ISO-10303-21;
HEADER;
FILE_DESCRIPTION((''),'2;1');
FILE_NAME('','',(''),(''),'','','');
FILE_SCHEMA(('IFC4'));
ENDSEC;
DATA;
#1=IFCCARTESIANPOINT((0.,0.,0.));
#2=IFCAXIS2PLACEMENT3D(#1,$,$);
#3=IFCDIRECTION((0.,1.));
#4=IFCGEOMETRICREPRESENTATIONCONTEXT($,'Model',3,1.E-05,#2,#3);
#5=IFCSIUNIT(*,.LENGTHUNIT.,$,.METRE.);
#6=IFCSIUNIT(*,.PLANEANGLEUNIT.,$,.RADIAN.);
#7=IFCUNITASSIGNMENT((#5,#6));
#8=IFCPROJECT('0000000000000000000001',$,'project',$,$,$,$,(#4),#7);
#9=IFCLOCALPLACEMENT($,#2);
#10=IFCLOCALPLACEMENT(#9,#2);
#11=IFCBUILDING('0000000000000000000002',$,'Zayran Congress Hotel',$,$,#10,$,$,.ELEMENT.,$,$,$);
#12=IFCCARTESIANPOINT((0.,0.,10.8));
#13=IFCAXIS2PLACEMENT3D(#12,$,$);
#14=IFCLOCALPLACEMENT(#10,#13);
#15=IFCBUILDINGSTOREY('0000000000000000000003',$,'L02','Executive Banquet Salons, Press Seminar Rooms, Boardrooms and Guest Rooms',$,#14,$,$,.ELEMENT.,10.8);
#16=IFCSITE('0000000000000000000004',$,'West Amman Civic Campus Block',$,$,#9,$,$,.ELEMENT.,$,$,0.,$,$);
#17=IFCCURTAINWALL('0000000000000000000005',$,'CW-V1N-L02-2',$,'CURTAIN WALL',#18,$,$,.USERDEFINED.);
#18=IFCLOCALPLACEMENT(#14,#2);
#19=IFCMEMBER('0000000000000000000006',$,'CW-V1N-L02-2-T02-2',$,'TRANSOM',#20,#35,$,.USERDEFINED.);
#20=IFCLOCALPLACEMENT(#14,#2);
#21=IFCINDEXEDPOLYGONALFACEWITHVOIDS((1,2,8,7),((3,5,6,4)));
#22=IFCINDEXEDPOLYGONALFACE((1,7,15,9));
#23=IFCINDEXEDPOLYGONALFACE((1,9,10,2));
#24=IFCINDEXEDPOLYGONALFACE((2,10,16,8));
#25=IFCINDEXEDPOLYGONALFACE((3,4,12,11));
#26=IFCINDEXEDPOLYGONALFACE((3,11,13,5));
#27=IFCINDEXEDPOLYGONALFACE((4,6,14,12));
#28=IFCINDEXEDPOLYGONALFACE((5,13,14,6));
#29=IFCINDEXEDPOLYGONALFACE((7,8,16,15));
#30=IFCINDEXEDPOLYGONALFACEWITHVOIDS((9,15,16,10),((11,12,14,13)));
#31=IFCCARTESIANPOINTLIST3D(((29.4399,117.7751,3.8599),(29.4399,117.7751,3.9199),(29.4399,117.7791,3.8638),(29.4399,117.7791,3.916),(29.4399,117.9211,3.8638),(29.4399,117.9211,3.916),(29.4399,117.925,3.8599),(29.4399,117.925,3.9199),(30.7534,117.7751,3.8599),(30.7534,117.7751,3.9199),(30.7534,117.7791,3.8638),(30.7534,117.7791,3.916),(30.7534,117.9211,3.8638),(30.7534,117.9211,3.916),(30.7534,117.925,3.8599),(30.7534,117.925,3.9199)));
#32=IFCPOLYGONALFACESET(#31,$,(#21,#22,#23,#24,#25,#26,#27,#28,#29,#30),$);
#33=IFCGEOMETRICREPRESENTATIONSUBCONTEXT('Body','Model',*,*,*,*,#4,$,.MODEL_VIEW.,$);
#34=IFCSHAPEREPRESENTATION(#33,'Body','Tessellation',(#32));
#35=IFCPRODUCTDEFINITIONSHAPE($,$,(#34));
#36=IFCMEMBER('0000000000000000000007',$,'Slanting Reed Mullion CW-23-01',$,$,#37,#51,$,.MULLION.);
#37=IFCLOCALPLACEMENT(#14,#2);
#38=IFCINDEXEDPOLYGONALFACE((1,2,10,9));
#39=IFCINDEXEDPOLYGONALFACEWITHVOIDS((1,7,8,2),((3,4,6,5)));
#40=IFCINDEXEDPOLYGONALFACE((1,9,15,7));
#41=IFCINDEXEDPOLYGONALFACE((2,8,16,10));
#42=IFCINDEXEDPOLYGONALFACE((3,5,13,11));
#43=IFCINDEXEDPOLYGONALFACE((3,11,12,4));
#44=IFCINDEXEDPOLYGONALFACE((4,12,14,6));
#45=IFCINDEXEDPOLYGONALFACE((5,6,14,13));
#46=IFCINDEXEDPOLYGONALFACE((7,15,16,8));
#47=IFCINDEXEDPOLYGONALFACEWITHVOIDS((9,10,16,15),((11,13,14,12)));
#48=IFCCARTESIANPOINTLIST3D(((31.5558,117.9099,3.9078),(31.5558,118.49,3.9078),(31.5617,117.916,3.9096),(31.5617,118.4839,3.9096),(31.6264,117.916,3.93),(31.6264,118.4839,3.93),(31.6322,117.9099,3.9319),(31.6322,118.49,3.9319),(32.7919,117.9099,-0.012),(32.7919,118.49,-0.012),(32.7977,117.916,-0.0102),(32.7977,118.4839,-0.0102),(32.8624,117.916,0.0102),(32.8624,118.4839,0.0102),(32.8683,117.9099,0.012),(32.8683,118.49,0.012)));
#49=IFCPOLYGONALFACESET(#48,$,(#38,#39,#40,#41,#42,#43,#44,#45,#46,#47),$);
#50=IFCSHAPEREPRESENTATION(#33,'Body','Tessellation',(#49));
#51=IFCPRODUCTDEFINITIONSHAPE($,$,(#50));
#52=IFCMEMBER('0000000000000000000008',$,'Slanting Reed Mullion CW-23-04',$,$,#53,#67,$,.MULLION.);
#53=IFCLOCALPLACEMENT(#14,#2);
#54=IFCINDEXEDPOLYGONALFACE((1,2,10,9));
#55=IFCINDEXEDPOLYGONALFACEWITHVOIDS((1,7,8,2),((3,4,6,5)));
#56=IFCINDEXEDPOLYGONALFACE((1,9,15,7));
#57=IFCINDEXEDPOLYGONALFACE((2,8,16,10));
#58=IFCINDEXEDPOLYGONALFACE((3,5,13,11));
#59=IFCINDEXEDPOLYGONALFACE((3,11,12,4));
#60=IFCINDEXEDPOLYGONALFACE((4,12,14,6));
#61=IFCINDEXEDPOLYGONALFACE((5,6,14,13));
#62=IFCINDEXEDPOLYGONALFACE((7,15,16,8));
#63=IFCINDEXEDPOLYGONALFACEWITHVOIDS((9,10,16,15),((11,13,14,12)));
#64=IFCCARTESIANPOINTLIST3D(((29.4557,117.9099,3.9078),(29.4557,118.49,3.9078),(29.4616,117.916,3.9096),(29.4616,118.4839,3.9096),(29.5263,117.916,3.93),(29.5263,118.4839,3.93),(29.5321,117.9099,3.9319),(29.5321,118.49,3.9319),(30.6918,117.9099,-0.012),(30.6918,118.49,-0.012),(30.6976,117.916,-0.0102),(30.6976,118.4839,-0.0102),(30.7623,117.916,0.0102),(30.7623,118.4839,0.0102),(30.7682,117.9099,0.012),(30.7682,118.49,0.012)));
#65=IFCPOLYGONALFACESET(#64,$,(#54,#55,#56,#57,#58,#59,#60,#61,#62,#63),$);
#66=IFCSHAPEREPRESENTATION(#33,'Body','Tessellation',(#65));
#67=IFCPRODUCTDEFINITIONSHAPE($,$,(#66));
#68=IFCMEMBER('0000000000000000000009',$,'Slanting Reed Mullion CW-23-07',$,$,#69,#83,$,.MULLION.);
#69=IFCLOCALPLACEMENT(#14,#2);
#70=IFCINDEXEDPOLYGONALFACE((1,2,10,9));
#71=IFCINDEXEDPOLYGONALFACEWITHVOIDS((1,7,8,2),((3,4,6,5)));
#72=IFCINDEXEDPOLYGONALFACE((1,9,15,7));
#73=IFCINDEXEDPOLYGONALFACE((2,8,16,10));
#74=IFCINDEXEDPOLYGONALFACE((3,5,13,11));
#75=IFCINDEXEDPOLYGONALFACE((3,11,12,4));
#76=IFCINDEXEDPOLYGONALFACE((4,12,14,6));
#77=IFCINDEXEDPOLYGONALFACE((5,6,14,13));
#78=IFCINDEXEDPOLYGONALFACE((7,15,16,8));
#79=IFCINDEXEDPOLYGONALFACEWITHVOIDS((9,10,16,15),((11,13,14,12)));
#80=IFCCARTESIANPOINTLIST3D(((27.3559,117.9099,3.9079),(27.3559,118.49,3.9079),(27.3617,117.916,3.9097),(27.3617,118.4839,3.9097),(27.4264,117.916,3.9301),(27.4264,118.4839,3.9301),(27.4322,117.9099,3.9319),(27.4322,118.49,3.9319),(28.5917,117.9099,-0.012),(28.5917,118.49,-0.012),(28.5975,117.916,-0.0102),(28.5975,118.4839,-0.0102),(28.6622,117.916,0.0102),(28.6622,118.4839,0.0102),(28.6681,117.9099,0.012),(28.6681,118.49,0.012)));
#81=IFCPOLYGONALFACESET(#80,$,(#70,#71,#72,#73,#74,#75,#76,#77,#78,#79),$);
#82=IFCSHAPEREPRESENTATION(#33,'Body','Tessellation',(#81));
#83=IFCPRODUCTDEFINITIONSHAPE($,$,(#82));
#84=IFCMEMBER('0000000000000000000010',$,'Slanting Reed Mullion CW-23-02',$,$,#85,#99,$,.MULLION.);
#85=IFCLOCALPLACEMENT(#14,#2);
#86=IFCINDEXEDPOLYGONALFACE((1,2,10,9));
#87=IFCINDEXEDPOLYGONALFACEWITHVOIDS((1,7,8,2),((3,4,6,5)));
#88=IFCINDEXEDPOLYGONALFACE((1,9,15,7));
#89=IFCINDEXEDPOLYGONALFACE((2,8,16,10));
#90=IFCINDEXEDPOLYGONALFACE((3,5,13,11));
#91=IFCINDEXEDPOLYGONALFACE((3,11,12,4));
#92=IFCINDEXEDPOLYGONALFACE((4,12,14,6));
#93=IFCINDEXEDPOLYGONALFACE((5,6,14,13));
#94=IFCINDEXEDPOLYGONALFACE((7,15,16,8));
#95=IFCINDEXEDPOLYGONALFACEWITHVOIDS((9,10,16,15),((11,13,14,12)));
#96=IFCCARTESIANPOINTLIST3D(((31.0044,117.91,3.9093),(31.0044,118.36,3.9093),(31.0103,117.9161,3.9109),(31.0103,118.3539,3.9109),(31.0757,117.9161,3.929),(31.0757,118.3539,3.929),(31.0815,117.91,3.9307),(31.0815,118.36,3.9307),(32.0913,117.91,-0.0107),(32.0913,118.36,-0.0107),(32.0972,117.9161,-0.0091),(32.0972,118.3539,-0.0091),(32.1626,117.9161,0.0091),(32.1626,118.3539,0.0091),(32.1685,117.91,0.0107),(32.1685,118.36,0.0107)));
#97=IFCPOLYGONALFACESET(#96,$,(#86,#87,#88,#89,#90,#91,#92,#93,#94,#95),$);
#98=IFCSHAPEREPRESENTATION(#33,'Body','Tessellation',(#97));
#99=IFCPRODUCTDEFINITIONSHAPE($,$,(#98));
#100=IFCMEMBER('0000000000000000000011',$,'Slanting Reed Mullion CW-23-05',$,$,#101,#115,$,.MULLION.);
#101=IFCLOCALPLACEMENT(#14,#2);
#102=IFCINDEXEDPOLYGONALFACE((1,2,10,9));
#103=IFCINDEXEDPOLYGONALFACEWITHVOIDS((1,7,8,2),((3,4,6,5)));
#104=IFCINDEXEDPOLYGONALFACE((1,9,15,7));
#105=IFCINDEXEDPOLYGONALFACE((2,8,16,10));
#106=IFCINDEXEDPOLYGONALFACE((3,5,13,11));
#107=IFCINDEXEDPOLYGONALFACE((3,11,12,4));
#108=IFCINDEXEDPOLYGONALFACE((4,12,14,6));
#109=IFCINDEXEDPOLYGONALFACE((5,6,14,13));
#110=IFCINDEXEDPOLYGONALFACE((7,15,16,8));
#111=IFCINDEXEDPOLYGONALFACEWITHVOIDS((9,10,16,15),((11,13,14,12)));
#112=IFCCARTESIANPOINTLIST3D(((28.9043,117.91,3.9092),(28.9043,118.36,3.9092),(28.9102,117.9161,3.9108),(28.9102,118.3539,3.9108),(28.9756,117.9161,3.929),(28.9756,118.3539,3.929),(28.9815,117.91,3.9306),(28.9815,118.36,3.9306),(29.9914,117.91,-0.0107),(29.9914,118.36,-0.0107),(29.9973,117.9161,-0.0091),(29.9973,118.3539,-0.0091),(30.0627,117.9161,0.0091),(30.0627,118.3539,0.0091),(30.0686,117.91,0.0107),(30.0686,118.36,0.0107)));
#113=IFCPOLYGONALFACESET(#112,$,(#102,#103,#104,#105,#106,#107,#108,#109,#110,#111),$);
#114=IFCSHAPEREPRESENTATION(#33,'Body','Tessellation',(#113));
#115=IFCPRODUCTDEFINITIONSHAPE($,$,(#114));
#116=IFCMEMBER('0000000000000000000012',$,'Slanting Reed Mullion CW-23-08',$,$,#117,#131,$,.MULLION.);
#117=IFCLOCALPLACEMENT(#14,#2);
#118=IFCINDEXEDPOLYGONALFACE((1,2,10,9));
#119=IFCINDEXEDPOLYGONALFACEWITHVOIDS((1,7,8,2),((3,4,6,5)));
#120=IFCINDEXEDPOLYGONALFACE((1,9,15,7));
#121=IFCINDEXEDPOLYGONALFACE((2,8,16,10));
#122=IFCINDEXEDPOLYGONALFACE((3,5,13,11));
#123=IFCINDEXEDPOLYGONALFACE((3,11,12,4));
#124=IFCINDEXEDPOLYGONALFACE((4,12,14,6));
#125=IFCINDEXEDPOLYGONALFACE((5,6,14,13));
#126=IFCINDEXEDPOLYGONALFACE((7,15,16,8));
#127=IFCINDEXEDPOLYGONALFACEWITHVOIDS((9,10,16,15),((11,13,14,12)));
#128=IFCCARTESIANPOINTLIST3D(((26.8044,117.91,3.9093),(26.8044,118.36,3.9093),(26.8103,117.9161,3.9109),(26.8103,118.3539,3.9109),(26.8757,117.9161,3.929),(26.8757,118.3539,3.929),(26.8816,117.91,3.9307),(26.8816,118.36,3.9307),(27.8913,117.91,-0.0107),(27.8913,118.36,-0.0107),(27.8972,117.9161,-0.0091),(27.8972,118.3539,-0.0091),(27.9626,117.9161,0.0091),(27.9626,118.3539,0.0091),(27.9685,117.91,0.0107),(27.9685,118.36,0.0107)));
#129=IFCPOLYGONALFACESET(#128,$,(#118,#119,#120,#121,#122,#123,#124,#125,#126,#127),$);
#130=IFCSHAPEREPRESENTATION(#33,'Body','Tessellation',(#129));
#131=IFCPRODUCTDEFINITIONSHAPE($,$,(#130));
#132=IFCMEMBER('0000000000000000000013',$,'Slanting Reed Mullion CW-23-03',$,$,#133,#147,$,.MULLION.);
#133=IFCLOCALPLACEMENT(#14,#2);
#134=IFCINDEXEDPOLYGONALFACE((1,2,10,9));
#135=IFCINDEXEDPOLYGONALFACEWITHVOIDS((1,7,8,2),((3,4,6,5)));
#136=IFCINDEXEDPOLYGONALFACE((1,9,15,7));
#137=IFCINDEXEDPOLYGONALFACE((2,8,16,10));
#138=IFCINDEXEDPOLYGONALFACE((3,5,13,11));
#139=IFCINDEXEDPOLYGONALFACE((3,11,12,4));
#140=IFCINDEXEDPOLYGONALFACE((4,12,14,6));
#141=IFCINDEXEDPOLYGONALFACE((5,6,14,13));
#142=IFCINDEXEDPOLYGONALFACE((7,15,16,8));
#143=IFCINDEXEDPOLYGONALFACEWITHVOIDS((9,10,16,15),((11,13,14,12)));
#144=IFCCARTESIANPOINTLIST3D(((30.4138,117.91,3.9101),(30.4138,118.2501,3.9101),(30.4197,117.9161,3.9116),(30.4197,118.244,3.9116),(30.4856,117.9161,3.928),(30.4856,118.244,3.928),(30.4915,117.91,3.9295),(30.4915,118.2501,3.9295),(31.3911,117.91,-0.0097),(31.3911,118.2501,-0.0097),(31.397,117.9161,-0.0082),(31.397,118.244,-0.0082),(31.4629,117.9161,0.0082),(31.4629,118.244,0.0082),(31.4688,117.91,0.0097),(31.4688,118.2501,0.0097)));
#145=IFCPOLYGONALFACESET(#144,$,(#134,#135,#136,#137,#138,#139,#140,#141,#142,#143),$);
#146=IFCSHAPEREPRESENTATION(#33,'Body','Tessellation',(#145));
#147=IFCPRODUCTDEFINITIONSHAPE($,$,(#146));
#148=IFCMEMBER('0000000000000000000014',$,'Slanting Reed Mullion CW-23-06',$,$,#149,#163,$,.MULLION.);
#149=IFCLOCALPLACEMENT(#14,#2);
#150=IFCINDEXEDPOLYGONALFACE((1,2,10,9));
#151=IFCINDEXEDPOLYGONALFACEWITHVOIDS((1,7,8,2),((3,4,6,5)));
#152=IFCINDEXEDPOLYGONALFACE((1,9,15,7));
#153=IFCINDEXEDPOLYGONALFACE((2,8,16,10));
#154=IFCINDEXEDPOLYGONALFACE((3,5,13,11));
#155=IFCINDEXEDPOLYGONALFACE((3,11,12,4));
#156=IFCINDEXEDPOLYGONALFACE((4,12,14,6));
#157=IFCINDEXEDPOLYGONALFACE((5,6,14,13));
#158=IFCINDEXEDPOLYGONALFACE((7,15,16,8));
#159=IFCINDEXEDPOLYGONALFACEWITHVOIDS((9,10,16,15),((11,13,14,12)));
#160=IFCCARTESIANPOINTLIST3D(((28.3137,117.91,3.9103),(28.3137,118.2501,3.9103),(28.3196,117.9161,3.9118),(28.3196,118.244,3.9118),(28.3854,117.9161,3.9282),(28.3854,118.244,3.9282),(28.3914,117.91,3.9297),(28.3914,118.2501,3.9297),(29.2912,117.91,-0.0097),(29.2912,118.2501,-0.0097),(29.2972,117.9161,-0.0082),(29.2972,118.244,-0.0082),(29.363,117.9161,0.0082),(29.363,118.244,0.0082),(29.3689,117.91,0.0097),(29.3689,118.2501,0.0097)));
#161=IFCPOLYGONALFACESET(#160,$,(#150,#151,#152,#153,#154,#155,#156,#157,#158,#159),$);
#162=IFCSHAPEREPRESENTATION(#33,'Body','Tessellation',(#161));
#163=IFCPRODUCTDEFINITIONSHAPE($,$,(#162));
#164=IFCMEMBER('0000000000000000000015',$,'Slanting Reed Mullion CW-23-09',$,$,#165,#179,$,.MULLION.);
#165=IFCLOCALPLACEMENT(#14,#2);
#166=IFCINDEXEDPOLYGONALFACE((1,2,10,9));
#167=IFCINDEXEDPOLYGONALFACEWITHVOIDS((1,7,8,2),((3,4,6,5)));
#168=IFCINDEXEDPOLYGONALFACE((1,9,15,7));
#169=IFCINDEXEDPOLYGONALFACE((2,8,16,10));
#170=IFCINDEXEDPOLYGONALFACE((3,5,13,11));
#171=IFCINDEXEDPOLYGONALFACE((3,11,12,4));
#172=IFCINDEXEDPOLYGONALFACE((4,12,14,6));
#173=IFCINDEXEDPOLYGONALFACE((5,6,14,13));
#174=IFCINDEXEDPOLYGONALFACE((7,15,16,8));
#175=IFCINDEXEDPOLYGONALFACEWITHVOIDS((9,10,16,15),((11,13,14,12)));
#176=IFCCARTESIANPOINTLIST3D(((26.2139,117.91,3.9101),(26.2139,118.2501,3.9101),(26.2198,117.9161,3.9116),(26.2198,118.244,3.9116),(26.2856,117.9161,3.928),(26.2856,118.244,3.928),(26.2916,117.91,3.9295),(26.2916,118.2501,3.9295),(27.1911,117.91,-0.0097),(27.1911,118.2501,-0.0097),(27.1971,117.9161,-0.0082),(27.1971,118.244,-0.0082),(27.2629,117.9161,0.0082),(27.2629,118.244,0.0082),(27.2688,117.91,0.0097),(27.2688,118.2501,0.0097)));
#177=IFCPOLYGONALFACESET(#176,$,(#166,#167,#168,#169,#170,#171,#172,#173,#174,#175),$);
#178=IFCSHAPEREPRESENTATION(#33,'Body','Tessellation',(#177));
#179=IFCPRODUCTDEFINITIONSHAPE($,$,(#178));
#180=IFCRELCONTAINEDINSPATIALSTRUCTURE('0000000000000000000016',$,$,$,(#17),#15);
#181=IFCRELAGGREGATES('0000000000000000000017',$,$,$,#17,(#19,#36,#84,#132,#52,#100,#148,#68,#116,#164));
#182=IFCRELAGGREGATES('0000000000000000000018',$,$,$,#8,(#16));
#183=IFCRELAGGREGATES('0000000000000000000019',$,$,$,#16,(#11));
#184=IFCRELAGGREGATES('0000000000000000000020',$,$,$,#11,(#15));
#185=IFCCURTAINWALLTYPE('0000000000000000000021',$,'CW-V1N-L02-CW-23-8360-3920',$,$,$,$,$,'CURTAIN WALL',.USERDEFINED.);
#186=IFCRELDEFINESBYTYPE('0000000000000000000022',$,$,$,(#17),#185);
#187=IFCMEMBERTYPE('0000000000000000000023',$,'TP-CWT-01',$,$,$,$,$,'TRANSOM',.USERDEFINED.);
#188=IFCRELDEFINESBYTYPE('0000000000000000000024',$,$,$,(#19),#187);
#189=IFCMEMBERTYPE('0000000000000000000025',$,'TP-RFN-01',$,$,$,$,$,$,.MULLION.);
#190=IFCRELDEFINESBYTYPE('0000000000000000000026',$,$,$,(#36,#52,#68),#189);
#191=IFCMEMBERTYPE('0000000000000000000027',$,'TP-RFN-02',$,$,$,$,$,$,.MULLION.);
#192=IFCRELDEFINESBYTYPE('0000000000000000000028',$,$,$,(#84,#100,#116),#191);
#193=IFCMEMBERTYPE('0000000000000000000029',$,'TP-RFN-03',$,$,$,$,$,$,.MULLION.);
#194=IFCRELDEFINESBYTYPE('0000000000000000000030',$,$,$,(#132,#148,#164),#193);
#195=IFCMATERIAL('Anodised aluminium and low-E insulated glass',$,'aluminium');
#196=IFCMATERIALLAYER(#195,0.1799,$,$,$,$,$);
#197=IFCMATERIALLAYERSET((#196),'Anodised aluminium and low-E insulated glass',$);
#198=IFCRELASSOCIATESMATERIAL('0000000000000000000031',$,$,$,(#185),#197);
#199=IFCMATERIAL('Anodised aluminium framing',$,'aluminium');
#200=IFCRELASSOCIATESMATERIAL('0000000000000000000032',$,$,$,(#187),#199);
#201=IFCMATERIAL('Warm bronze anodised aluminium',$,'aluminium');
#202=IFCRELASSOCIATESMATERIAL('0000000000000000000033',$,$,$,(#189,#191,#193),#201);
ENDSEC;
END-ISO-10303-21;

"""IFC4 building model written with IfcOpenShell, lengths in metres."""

from ifc_helpers import new_model, si_unit, direction, frame, origin, origin_2d, place, context, subcontext, project, spatial, hollow_rectangle, extrude, material, layer, layer_set, material_profile, profile_set, type_object, element, aggregate, save


model = new_model("IFC4")

# Units and contexts
model_context = context("Model", 3, precision=1e-05, world=origin(), true_north=direction((0.0, 1.0)))
body_context = subcontext(model_context, "Body", "Model", "MODEL_VIEW")
ifc_project = project(units=[si_unit("LENGTHUNIT", "METRE"), si_unit("PLANEANGLEUNIT", "RADIAN")], contexts=[model_context])

# Site, building, storey
site_placement = place(None, origin())
site = spatial("IfcSite", under=ifc_project, at=site_placement, Name="West Amman Civic Campus Block", CompositionType="ELEMENT", RefElevation=0.0)
building_placement = place(site_placement, origin())
building = spatial("IfcBuilding", under=site, at=building_placement, Name="Zayran Congress Hotel", CompositionType="ELEMENT")
storey_placement = place(building_placement, frame((0.0, 0.0, 10.8)))
storey = spatial("IfcBuildingStorey", under=building, at=storey_placement, Name="L02", Description="Executive Banquet Salons, Press Seminar Rooms, Boardrooms and Guest Rooms", CompositionType="ELEMENT", Elevation=10.8)

# Curtain wall, members
ifc_material_1 = material(Name="Anodised aluminium and low-E insulated glass", Category="aluminium")
ifc_layer_1 = layer(ifc_material_1, 0.1799)
ifc_layer_set_1 = layer_set([ifc_layer_1], Name="Anodised aluminium and low-E insulated glass")
curtain_wall_type = type_object("IfcCurtainWallType", Name="CW-V1N-L02-CW-23-8360-3920", ElementType="CURTAIN WALL", PredefinedType="USERDEFINED", material=ifc_layer_set_1)
curtain_wall_placement = place(storey_placement, origin())
curtain_wall = element("IfcCurtainWall", 1, at=curtain_wall_placement, inside=storey, type_object=curtain_wall_type, Name="CW-V1N-L02-2", ObjectType="CURTAIN WALL", PredefinedType="USERDEFINED")
ifc_material_2 = material(Name="Anodised aluminium framing", Category="aluminium")
ifc_material_profile_1 = material_profile(ifc_material_2, hollow_rectangle(XDim=0.0601, YDim=0.1499, WallThickness=0.0039, at=origin_2d()), Name="RHS 150x60x4")
ifc_profile_set_1 = profile_set([ifc_material_profile_1], Name="Anodised aluminium framing")
member_type_1 = type_object("IfcMemberType", Name="TP-CWT-01", ElementType="TRANSOM", PredefinedType="USERDEFINED", material=ifc_profile_set_1)
member_1_placement = place(storey_placement, frame((30.7534, 117.8501, 3.8899), z_axis=(-1.0, 0.0, 0.0), x_axis=(0.0, 0.0, 1.0)))
member_1 = element("IfcMember", 2, at=member_1_placement, type_object=member_type_1, Name="CW-V1N-L02-2-T02-2", ObjectType="TRANSOM", PredefinedType="USERDEFINED", context=body_context, shape_type="SweptSolid", body=[
    extrude(hollow_rectangle(XDim=0.0601, YDim=0.1499, WallThickness=0.0039, at=origin_2d()), origin(), (0.0, 0.0, 1.0), 1.3135),
])
ifc_material_3 = material(Name="Warm bronze anodised aluminium", Category="aluminium")
ifc_material_profile_2 = material_profile(ifc_material_3, hollow_rectangle(XDim=0.0801, YDim=0.5801, WallThickness=0.0061, at=origin_2d()), Name="RHS 580x80x6")
ifc_profile_set_2 = profile_set([ifc_material_profile_2], Name="Warm bronze anodised aluminium")
member_type_2 = type_object("IfcMemberType", Name="TP-RFN-01", PredefinedType="MULLION", material=ifc_profile_set_2)
member_2_placement = place(storey_placement, frame((32.8301, 118.2, 0.0), z_axis=(-0.300736, 0.0, 0.953707), x_axis=(0.953707, 0.0, 0.300736)))
member_2 = element("IfcMember", 3, at=member_2_placement, type_object=member_type_2, Name="Slanting Reed Mullion CW-23-01", PredefinedType="MULLION", context=body_context, shape_type="SweptSolid", body=[
    extrude(hollow_rectangle(XDim=0.0801, YDim=0.5801, WallThickness=0.0061, at=origin_2d()), origin(), (0.0, 0.0, 1.0), 4.1101),
])
member_3_placement = place(storey_placement, frame((30.73, 118.2, 0.0), z_axis=(-0.300736, 0.0, 0.953707), x_axis=(0.953707, 0.0, 0.300736)))
member_3 = element("IfcMember", 4, at=member_3_placement, type_object=member_type_2, Name="Slanting Reed Mullion CW-23-04", PredefinedType="MULLION", context=body_context, shape_type="SweptSolid", body=[
    extrude(hollow_rectangle(XDim=0.0801, YDim=0.5801, WallThickness=0.0061, at=origin_2d()), origin(), (0.0, 0.0, 1.0), 4.1101),
])
member_4_placement = place(storey_placement, frame((28.6299, 118.2, 0.0), z_axis=(-0.300682, 0.0, 0.953724), x_axis=(0.953724, 0.0, 0.300682)))
member_4 = element("IfcMember", 5, at=member_4_placement, type_object=member_type_2, Name="Slanting Reed Mullion CW-23-07", PredefinedType="MULLION", context=body_context, shape_type="SweptSolid", body=[
    extrude(hollow_rectangle(XDim=0.0801, YDim=0.5801, WallThickness=0.0061, at=origin_2d()), origin(), (0.0, 0.0, 1.0), 4.1101),
])
ifc_material_profile_3 = material_profile(ifc_material_3, hollow_rectangle(XDim=0.0801, YDim=0.45, WallThickness=0.0061, at=origin_2d()), Name="RHS 450x80x6")
ifc_profile_set_3 = profile_set([ifc_material_profile_3], Name="Warm bronze anodised aluminium")
member_type_3 = type_object("IfcMemberType", Name="TP-RFN-02", PredefinedType="MULLION", material=ifc_profile_set_3)
member_5_placement = place(storey_placement, frame((32.1299, 118.135, 0.0), z_axis=(-0.267198, 0.0, 0.963642), x_axis=(0.963642, 0.0, 0.267198)))
member_5 = element("IfcMember", 6, at=member_5_placement, type_object=member_type_3, Name="Slanting Reed Mullion CW-23-02", PredefinedType="MULLION", context=body_context, shape_type="SweptSolid", body=[
    extrude(hollow_rectangle(XDim=0.0801, YDim=0.45, WallThickness=0.0061, at=origin_2d()), origin(), (0.0, 0.0, 1.0), 4.0679),
])
member_6_placement = place(storey_placement, frame((30.03, 118.135, 0.0), z_axis=(-0.267254, 0.0, 0.963626), x_axis=(0.963626, 0.0, 0.267254)))
member_6 = element("IfcMember", 7, at=member_6_placement, type_object=member_type_3, Name="Slanting Reed Mullion CW-23-05", PredefinedType="MULLION", context=body_context, shape_type="SweptSolid", body=[
    extrude(hollow_rectangle(XDim=0.0801, YDim=0.45, WallThickness=0.0061, at=origin_2d()), origin(), (0.0, 0.0, 1.0), 4.0679),
])
member_7_placement = place(storey_placement, frame((27.9299, 118.135, 0.0), z_axis=(-0.267198, 0.0, 0.963642), x_axis=(0.963642, 0.0, 0.267198)))
member_7 = element("IfcMember", 8, at=member_7_placement, type_object=member_type_3, Name="Slanting Reed Mullion CW-23-08", PredefinedType="MULLION", context=body_context, shape_type="SweptSolid", body=[
    extrude(hollow_rectangle(XDim=0.0801, YDim=0.45, WallThickness=0.0061, at=origin_2d()), origin(), (0.0, 0.0, 1.0), 4.0679),
])
ifc_material_profile_4 = material_profile(ifc_material_3, hollow_rectangle(XDim=0.0801, YDim=0.3401, WallThickness=0.0061, at=origin_2d()), Name="RHS 340x80x6")
ifc_profile_set_4 = profile_set([ifc_material_profile_4], Name="Warm bronze anodised aluminium")
member_type_4 = type_object("IfcMemberType", Name="TP-RFN-03", PredefinedType="MULLION", material=ifc_profile_set_4)
member_8_placement = place(storey_placement, frame((31.4299, 118.0801, 0.0), z_axis=(-0.24191, 0.0, 0.970299), x_axis=(0.970299, 0.0, 0.24191)))
member_8 = element("IfcMember", 9, at=member_8_placement, type_object=member_type_4, Name="Slanting Reed Mullion CW-23-03", PredefinedType="MULLION", context=body_context, shape_type="SweptSolid", body=[
    extrude(hollow_rectangle(XDim=0.0801, YDim=0.3401, WallThickness=0.0061, at=origin_2d()), origin(), (0.0, 0.0, 1.0), 4.0398),
])
member_9_placement = place(storey_placement, frame((29.3301, 118.0801, 0.0), z_axis=(-0.241967, 0.0, 0.970285), x_axis=(0.970285, 0.0, 0.241967)))
member_9 = element("IfcMember", 10, at=member_9_placement, type_object=member_type_4, Name="Slanting Reed Mullion CW-23-06", PredefinedType="MULLION", context=body_context, shape_type="SweptSolid", body=[
    extrude(hollow_rectangle(XDim=0.0801, YDim=0.3401, WallThickness=0.0061, at=origin_2d()), origin(), (0.0, 0.0, 1.0), 4.04),
])
member_10_placement = place(storey_placement, frame((27.23, 118.0801, 0.0), z_axis=(-0.24191, 0.0, 0.970299), x_axis=(0.970299, 0.0, 0.24191)))
member_10 = element("IfcMember", 11, at=member_10_placement, type_object=member_type_4, Name="Slanting Reed Mullion CW-23-09", PredefinedType="MULLION", context=body_context, shape_type="SweptSolid", body=[
    extrude(hollow_rectangle(XDim=0.0801, YDim=0.3401, WallThickness=0.0061, at=origin_2d()), origin(), (0.0, 0.0, 1.0), 4.0398),
])
aggregate(curtain_wall, [member_1, member_2, member_5, member_8, member_3, member_6, member_9, member_4, member_7, member_10])

save(model, "model.ifc")
